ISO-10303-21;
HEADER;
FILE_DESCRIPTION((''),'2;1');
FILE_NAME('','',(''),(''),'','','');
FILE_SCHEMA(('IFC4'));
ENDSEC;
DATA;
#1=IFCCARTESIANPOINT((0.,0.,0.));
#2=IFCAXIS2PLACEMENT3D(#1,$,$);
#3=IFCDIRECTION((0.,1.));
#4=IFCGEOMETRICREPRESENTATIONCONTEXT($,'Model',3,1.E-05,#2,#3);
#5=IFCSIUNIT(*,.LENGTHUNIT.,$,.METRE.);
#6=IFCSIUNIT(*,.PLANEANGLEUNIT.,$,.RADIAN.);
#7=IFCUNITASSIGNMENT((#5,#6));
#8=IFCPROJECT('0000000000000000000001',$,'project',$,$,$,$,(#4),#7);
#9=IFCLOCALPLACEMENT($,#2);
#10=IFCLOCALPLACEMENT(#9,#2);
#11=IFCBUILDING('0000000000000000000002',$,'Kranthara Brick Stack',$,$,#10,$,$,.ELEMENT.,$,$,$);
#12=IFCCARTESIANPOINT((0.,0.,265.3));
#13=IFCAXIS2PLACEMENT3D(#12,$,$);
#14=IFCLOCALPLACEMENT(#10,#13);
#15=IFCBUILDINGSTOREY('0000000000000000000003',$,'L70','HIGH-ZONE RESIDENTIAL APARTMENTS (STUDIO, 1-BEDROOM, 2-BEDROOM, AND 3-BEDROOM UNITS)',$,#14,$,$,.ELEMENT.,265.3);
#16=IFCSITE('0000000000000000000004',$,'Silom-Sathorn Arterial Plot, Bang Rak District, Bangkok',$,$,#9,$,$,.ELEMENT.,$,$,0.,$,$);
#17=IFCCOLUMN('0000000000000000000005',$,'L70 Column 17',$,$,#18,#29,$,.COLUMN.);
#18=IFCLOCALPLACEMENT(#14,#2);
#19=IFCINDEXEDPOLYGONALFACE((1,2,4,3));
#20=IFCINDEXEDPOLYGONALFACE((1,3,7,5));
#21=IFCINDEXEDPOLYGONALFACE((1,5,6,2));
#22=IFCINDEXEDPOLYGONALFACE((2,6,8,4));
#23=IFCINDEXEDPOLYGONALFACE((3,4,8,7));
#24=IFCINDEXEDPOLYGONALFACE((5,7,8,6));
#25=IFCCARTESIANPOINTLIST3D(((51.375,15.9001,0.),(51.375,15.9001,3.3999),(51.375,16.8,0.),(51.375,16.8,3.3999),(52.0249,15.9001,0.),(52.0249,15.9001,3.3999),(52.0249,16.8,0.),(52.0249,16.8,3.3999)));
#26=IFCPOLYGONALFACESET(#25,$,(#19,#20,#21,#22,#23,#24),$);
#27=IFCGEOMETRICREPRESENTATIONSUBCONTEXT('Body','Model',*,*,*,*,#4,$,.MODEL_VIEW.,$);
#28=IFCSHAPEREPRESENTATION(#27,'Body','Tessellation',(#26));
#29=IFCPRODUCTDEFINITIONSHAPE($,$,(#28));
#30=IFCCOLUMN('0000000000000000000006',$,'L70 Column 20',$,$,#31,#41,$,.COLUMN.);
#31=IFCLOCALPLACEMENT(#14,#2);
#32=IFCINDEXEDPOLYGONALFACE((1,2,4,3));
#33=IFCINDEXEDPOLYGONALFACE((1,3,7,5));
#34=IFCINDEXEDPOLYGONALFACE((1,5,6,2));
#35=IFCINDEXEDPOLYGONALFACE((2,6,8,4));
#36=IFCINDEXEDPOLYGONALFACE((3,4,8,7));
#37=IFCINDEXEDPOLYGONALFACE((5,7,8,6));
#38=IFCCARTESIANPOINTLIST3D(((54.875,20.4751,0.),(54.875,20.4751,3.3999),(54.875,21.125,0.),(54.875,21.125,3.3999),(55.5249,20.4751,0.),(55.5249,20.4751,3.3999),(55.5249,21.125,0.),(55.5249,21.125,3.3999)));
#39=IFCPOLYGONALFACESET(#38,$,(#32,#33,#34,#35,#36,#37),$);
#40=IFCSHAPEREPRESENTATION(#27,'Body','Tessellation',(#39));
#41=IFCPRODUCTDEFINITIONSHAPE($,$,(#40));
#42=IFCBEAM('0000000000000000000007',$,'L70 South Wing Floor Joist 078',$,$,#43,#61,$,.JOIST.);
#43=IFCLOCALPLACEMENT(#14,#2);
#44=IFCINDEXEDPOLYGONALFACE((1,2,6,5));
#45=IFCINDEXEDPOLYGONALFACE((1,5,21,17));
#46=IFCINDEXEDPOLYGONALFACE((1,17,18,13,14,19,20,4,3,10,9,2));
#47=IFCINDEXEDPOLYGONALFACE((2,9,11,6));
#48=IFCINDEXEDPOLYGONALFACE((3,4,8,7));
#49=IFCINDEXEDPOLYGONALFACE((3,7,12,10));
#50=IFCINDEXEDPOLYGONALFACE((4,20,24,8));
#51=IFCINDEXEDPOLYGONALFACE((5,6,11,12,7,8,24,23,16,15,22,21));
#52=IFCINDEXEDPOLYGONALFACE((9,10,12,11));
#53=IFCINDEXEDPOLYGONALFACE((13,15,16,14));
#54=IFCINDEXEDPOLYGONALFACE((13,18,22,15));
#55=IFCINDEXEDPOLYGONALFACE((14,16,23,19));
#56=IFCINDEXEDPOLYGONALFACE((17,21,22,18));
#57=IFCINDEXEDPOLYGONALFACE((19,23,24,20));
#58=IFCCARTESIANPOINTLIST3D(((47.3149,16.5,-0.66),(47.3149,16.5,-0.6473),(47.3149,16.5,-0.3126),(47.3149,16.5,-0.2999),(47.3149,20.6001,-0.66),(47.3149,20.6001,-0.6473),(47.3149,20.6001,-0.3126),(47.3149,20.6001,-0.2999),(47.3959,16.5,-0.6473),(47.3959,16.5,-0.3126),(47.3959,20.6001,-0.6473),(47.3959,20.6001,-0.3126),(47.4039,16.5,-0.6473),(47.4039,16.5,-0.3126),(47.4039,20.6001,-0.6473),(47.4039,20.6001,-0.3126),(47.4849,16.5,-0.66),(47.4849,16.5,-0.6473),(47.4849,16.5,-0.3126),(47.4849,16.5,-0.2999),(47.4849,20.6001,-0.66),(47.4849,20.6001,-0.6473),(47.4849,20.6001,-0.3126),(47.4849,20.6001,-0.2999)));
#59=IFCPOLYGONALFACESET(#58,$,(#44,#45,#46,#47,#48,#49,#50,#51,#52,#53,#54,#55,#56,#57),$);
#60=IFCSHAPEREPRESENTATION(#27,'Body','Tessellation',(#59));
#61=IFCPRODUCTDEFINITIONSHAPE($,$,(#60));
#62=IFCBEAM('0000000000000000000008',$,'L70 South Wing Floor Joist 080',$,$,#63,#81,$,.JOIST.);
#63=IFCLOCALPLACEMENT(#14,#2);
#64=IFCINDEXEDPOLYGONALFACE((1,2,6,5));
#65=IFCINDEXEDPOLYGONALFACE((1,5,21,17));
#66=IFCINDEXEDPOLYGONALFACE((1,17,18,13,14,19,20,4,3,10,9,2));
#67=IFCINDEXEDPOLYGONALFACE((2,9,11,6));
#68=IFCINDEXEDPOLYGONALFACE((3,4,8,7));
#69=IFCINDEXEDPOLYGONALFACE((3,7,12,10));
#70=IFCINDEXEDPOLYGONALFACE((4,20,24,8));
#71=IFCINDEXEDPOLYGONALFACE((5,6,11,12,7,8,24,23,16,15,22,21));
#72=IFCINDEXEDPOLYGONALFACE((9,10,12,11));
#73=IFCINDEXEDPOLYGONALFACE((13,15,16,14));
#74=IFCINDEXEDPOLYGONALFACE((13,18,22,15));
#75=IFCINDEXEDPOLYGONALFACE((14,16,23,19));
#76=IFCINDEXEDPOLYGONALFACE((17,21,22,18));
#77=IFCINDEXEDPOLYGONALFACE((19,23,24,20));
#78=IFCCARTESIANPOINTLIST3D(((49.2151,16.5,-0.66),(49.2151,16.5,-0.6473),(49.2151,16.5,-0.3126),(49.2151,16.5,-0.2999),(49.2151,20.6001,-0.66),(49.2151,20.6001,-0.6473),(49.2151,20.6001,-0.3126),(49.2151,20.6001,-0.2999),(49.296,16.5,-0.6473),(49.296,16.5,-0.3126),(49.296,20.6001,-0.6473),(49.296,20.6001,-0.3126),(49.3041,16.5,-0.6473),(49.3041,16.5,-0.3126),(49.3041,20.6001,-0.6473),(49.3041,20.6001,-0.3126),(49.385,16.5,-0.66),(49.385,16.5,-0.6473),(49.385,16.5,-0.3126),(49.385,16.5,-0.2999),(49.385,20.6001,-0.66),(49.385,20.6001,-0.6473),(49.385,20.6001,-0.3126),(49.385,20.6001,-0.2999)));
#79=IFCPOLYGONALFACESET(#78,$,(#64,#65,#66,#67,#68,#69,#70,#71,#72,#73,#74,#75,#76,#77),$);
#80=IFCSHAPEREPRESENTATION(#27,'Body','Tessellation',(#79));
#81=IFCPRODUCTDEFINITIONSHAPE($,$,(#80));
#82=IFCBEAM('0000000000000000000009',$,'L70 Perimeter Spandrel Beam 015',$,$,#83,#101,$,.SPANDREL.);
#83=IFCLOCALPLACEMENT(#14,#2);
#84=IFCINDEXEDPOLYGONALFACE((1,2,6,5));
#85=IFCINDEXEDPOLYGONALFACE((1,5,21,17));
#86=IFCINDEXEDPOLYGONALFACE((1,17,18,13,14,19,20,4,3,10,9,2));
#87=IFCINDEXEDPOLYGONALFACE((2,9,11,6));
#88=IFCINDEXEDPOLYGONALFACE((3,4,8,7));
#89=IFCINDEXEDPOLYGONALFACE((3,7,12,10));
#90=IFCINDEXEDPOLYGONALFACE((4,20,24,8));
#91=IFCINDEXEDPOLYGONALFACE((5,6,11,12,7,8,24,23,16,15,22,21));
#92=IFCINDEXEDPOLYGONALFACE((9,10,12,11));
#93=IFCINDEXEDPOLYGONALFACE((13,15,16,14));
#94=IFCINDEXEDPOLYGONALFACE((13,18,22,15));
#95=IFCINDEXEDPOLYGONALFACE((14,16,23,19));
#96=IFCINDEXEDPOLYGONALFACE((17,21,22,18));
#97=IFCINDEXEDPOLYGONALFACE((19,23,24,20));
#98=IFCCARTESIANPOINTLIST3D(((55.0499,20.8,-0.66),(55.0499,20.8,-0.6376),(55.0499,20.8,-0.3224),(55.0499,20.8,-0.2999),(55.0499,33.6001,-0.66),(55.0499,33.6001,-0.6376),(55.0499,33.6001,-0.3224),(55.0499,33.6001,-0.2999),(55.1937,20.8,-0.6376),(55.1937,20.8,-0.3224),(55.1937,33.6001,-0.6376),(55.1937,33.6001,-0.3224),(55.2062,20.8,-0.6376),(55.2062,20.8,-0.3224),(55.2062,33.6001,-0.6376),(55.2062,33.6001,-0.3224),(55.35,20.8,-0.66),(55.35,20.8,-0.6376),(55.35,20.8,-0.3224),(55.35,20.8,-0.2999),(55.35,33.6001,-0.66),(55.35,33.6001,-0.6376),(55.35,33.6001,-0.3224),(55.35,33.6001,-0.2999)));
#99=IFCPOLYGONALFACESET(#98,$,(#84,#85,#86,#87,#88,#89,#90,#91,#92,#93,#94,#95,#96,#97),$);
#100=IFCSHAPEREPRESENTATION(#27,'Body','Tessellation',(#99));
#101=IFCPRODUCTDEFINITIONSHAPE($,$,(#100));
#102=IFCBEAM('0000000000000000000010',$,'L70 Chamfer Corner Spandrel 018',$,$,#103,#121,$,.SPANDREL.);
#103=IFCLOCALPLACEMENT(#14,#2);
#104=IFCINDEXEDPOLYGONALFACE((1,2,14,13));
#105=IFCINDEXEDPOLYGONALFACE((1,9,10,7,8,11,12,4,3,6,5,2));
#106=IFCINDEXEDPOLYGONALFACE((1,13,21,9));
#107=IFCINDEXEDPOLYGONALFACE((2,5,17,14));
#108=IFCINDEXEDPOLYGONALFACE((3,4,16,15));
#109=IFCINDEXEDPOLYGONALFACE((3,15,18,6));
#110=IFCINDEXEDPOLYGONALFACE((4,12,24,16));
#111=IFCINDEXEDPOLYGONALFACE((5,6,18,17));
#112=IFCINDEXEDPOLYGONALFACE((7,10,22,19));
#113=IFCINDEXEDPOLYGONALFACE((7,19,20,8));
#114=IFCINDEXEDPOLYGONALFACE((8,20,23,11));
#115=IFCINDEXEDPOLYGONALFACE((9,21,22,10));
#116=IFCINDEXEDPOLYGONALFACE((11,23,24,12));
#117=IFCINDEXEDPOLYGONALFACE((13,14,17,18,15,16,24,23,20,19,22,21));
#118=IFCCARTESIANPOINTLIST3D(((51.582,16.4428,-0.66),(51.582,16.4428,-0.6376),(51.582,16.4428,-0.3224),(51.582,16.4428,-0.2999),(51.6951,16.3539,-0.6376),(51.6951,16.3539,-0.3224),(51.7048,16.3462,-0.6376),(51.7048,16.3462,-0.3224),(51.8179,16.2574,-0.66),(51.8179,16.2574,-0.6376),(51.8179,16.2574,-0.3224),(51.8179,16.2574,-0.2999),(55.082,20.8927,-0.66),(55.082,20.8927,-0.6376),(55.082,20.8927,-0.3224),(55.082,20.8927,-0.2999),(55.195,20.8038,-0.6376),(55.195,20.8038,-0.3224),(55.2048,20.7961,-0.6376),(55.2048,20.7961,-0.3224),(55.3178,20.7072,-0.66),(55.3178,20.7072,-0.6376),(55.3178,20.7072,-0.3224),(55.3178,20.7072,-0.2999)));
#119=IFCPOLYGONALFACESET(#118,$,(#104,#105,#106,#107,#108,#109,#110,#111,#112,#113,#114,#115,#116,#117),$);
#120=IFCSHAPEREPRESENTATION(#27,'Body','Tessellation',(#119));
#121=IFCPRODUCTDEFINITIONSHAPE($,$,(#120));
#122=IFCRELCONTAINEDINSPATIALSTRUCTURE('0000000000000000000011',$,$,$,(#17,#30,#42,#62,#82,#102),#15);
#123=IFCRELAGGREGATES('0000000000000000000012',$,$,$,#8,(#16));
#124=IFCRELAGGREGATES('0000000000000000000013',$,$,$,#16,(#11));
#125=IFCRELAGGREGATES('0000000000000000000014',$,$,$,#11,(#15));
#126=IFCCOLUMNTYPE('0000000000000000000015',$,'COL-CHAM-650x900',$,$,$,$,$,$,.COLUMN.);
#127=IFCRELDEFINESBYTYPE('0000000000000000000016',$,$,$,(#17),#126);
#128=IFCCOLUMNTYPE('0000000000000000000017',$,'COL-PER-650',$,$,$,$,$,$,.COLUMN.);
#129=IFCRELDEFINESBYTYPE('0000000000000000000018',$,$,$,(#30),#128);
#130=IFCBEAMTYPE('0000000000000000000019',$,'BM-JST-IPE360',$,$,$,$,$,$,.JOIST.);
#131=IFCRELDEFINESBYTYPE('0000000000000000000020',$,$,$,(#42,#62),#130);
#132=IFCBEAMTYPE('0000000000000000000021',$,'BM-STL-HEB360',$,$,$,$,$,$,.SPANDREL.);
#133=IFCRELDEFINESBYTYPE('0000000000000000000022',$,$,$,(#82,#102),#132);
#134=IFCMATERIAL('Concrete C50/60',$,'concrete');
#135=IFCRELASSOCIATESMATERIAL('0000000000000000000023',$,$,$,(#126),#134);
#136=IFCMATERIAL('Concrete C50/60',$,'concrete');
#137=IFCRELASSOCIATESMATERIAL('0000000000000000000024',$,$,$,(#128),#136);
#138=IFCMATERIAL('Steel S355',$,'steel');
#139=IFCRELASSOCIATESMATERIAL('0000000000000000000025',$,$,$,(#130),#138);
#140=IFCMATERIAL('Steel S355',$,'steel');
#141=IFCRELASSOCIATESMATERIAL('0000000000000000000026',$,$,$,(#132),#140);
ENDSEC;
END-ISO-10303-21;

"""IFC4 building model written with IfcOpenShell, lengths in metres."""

from ifc_helpers import new_model, si_unit, direction, frame, origin, origin_2d, place, context, subcontext, project, spatial, rectangle, i_section, extrude, material, material_profile, profile_set, type_object, element, save


model = new_model("IFC4")

# Units and contexts
model_context = context("Model", 3, precision=1e-05, world=origin(), true_north=direction((0.0, 1.0)))
body_context = subcontext(model_context, "Body", "Model", "MODEL_VIEW")
ifc_project = project(units=[si_unit("LENGTHUNIT", "METRE"), si_unit("PLANEANGLEUNIT", "RADIAN")], contexts=[model_context])

# Site, building, storey
site_placement = place(None, origin())
site = spatial("IfcSite", under=ifc_project, at=site_placement, Name="Silom-Sathorn Arterial Plot, Bang Rak District, Bangkok", CompositionType="ELEMENT", RefElevation=0.0)
building_placement = place(site_placement, origin())
building = spatial("IfcBuilding", under=site, at=building_placement, Name="Kranthara Brick Stack", CompositionType="ELEMENT")
storey_placement = place(building_placement, frame((0.0, 0.0, 265.3)))
storey = spatial("IfcBuildingStorey", under=building, at=storey_placement, Name="L70", Description="HIGH-ZONE RESIDENTIAL APARTMENTS (STUDIO, 1-BEDROOM, 2-BEDROOM, AND 3-BEDROOM UNITS)", CompositionType="ELEMENT", Elevation=265.3)

# Columns
ifc_material_1 = material(Name="Concrete C50/60", Category="concrete")
ifc_material_profile_1 = material_profile(ifc_material_1, rectangle(XDim=0.6499, YDim=0.8999, at=origin_2d()), Name="RC 650x900")
ifc_profile_set_1 = profile_set([ifc_material_profile_1], Name="Concrete C50/60")
column_type_1 = type_object("IfcColumnType", Name="COL-CHAM-650x900", PredefinedType="COLUMN", material=ifc_profile_set_1)
column_1_placement = place(storey_placement, frame((51.7, 16.3501, 0.0), z_axis=(0.0, 0.0, 1.0), x_axis=(1.0, 0.0, 0.0)))
element("IfcColumn", 1, at=column_1_placement, inside=storey, type_object=column_type_1, Name="L70 Column 17", PredefinedType="COLUMN", context=body_context, shape_type="SweptSolid", body=[
    extrude(rectangle(XDim=0.6499, YDim=0.8999, at=origin_2d()), origin(), (0.0, 0.0, 1.0), 3.3999),
])
ifc_material_2 = material(Name="Concrete C50/60", Category="concrete")
ifc_material_profile_2 = material_profile(ifc_material_2, rectangle(XDim=0.6499, YDim=0.6499, at=origin_2d()), Name="RC 650x650")
ifc_profile_set_2 = profile_set([ifc_material_profile_2], Name="Concrete C50/60")
column_type_2 = type_object("IfcColumnType", Name="COL-PER-650", PredefinedType="COLUMN", material=ifc_profile_set_2)
column_2_placement = place(storey_placement, frame((55.2, 20.8, 0.0), z_axis=(0.0, 0.0, 1.0), x_axis=(1.0, 0.0, 0.0)))
element("IfcColumn", 2, at=column_2_placement, inside=storey, type_object=column_type_2, Name="L70 Column 20", PredefinedType="COLUMN", context=body_context, shape_type="SweptSolid", body=[
    extrude(rectangle(XDim=0.6499, YDim=0.6499, at=origin_2d()), origin(), (0.0, 0.0, 1.0), 3.3999),
])

# Beams
ifc_material_3 = material(Name="Steel S355", Category="steel")
ifc_material_profile_3 = material_profile(ifc_material_3, i_section(OverallWidth=0.1699, OverallDepth=0.3601, WebThickness=0.0081, FlangeThickness=0.0127, at=origin_2d()), Name="IPE 360")
ifc_profile_set_3 = profile_set([ifc_material_profile_3], Name="Steel S355")
beam_type_1 = type_object("IfcBeamType", Name="BM-JST-IPE360", PredefinedType="JOIST", material=ifc_profile_set_3)
for number, where, z_axis, x_axis, name in (
    (3, (47.3999, 16.5, -0.48), (0.0, 1.0, 0.0), (-1.0, 0.0, 0.0), "L70 South Wing Floor Joist 078"),
    (4, (49.3, 16.5, -0.48), (0.0, 1.0, 0.0), (-1.0, 0.0, 0.0), "L70 South Wing Floor Joist 080"),
):
    element("IfcBeam", number, at=place(storey_placement, frame(where, z_axis=z_axis, x_axis=x_axis)), inside=storey, type_object=beam_type_1, Name=name, PredefinedType="JOIST", context=body_context, shape_type="SweptSolid", body=[
        extrude(i_section(OverallWidth=0.1699, OverallDepth=0.3601, WebThickness=0.0081, FlangeThickness=0.0127, at=origin_2d()), origin(), (0.0, 0.0, 1.0), 4.1001),
    ])
ifc_material_4 = material(Name="Steel S355", Category="steel")
ifc_material_profile_4 = material_profile(ifc_material_4, i_section(OverallWidth=0.3, OverallDepth=0.3601, WebThickness=0.0125, FlangeThickness=0.0225, at=origin_2d()), Name="HEB 360")
ifc_profile_set_4 = profile_set([ifc_material_profile_4], Name="Steel S355")
beam_type_2 = type_object("IfcBeamType", Name="BM-STL-HEB360", PredefinedType="SPANDREL", material=ifc_profile_set_4)
beam_1_placement = place(storey_placement, frame((55.2, 20.8, -0.48), z_axis=(0.0, 1.0, 0.0), x_axis=(-1.0, 0.0, 0.0)))
element("IfcBeam", 5, at=beam_1_placement, inside=storey, type_object=beam_type_2, Name="L70 Perimeter Spandrel Beam 015", PredefinedType="SPANDREL", context=body_context, shape_type="SweptSolid", body=[
    extrude(i_section(OverallWidth=0.3, OverallDepth=0.3601, WebThickness=0.0125, FlangeThickness=0.0225, at=origin_2d()), origin(), (0.0, 0.0, 1.0), 12.8),
])
beam_2_placement = place(storey_placement, frame((51.7, 16.3501, -0.48), z_axis=(0.618216, 0.786008, 0.0), x_axis=(-0.786008, 0.618216, 0.0)))
element("IfcBeam", 6, at=beam_2_placement, inside=storey, type_object=beam_type_2, Name="L70 Chamfer Corner Spandrel 018", PredefinedType="SPANDREL", context=body_context, shape_type="SweptSolid", body=[
    extrude(i_section(OverallWidth=0.3, OverallDepth=0.3601, WebThickness=0.0125, FlangeThickness=0.0225, at=origin_2d()), origin(), (0.0, 0.0, 1.0), 5.6614),
])

save(model, "model.ifc")
